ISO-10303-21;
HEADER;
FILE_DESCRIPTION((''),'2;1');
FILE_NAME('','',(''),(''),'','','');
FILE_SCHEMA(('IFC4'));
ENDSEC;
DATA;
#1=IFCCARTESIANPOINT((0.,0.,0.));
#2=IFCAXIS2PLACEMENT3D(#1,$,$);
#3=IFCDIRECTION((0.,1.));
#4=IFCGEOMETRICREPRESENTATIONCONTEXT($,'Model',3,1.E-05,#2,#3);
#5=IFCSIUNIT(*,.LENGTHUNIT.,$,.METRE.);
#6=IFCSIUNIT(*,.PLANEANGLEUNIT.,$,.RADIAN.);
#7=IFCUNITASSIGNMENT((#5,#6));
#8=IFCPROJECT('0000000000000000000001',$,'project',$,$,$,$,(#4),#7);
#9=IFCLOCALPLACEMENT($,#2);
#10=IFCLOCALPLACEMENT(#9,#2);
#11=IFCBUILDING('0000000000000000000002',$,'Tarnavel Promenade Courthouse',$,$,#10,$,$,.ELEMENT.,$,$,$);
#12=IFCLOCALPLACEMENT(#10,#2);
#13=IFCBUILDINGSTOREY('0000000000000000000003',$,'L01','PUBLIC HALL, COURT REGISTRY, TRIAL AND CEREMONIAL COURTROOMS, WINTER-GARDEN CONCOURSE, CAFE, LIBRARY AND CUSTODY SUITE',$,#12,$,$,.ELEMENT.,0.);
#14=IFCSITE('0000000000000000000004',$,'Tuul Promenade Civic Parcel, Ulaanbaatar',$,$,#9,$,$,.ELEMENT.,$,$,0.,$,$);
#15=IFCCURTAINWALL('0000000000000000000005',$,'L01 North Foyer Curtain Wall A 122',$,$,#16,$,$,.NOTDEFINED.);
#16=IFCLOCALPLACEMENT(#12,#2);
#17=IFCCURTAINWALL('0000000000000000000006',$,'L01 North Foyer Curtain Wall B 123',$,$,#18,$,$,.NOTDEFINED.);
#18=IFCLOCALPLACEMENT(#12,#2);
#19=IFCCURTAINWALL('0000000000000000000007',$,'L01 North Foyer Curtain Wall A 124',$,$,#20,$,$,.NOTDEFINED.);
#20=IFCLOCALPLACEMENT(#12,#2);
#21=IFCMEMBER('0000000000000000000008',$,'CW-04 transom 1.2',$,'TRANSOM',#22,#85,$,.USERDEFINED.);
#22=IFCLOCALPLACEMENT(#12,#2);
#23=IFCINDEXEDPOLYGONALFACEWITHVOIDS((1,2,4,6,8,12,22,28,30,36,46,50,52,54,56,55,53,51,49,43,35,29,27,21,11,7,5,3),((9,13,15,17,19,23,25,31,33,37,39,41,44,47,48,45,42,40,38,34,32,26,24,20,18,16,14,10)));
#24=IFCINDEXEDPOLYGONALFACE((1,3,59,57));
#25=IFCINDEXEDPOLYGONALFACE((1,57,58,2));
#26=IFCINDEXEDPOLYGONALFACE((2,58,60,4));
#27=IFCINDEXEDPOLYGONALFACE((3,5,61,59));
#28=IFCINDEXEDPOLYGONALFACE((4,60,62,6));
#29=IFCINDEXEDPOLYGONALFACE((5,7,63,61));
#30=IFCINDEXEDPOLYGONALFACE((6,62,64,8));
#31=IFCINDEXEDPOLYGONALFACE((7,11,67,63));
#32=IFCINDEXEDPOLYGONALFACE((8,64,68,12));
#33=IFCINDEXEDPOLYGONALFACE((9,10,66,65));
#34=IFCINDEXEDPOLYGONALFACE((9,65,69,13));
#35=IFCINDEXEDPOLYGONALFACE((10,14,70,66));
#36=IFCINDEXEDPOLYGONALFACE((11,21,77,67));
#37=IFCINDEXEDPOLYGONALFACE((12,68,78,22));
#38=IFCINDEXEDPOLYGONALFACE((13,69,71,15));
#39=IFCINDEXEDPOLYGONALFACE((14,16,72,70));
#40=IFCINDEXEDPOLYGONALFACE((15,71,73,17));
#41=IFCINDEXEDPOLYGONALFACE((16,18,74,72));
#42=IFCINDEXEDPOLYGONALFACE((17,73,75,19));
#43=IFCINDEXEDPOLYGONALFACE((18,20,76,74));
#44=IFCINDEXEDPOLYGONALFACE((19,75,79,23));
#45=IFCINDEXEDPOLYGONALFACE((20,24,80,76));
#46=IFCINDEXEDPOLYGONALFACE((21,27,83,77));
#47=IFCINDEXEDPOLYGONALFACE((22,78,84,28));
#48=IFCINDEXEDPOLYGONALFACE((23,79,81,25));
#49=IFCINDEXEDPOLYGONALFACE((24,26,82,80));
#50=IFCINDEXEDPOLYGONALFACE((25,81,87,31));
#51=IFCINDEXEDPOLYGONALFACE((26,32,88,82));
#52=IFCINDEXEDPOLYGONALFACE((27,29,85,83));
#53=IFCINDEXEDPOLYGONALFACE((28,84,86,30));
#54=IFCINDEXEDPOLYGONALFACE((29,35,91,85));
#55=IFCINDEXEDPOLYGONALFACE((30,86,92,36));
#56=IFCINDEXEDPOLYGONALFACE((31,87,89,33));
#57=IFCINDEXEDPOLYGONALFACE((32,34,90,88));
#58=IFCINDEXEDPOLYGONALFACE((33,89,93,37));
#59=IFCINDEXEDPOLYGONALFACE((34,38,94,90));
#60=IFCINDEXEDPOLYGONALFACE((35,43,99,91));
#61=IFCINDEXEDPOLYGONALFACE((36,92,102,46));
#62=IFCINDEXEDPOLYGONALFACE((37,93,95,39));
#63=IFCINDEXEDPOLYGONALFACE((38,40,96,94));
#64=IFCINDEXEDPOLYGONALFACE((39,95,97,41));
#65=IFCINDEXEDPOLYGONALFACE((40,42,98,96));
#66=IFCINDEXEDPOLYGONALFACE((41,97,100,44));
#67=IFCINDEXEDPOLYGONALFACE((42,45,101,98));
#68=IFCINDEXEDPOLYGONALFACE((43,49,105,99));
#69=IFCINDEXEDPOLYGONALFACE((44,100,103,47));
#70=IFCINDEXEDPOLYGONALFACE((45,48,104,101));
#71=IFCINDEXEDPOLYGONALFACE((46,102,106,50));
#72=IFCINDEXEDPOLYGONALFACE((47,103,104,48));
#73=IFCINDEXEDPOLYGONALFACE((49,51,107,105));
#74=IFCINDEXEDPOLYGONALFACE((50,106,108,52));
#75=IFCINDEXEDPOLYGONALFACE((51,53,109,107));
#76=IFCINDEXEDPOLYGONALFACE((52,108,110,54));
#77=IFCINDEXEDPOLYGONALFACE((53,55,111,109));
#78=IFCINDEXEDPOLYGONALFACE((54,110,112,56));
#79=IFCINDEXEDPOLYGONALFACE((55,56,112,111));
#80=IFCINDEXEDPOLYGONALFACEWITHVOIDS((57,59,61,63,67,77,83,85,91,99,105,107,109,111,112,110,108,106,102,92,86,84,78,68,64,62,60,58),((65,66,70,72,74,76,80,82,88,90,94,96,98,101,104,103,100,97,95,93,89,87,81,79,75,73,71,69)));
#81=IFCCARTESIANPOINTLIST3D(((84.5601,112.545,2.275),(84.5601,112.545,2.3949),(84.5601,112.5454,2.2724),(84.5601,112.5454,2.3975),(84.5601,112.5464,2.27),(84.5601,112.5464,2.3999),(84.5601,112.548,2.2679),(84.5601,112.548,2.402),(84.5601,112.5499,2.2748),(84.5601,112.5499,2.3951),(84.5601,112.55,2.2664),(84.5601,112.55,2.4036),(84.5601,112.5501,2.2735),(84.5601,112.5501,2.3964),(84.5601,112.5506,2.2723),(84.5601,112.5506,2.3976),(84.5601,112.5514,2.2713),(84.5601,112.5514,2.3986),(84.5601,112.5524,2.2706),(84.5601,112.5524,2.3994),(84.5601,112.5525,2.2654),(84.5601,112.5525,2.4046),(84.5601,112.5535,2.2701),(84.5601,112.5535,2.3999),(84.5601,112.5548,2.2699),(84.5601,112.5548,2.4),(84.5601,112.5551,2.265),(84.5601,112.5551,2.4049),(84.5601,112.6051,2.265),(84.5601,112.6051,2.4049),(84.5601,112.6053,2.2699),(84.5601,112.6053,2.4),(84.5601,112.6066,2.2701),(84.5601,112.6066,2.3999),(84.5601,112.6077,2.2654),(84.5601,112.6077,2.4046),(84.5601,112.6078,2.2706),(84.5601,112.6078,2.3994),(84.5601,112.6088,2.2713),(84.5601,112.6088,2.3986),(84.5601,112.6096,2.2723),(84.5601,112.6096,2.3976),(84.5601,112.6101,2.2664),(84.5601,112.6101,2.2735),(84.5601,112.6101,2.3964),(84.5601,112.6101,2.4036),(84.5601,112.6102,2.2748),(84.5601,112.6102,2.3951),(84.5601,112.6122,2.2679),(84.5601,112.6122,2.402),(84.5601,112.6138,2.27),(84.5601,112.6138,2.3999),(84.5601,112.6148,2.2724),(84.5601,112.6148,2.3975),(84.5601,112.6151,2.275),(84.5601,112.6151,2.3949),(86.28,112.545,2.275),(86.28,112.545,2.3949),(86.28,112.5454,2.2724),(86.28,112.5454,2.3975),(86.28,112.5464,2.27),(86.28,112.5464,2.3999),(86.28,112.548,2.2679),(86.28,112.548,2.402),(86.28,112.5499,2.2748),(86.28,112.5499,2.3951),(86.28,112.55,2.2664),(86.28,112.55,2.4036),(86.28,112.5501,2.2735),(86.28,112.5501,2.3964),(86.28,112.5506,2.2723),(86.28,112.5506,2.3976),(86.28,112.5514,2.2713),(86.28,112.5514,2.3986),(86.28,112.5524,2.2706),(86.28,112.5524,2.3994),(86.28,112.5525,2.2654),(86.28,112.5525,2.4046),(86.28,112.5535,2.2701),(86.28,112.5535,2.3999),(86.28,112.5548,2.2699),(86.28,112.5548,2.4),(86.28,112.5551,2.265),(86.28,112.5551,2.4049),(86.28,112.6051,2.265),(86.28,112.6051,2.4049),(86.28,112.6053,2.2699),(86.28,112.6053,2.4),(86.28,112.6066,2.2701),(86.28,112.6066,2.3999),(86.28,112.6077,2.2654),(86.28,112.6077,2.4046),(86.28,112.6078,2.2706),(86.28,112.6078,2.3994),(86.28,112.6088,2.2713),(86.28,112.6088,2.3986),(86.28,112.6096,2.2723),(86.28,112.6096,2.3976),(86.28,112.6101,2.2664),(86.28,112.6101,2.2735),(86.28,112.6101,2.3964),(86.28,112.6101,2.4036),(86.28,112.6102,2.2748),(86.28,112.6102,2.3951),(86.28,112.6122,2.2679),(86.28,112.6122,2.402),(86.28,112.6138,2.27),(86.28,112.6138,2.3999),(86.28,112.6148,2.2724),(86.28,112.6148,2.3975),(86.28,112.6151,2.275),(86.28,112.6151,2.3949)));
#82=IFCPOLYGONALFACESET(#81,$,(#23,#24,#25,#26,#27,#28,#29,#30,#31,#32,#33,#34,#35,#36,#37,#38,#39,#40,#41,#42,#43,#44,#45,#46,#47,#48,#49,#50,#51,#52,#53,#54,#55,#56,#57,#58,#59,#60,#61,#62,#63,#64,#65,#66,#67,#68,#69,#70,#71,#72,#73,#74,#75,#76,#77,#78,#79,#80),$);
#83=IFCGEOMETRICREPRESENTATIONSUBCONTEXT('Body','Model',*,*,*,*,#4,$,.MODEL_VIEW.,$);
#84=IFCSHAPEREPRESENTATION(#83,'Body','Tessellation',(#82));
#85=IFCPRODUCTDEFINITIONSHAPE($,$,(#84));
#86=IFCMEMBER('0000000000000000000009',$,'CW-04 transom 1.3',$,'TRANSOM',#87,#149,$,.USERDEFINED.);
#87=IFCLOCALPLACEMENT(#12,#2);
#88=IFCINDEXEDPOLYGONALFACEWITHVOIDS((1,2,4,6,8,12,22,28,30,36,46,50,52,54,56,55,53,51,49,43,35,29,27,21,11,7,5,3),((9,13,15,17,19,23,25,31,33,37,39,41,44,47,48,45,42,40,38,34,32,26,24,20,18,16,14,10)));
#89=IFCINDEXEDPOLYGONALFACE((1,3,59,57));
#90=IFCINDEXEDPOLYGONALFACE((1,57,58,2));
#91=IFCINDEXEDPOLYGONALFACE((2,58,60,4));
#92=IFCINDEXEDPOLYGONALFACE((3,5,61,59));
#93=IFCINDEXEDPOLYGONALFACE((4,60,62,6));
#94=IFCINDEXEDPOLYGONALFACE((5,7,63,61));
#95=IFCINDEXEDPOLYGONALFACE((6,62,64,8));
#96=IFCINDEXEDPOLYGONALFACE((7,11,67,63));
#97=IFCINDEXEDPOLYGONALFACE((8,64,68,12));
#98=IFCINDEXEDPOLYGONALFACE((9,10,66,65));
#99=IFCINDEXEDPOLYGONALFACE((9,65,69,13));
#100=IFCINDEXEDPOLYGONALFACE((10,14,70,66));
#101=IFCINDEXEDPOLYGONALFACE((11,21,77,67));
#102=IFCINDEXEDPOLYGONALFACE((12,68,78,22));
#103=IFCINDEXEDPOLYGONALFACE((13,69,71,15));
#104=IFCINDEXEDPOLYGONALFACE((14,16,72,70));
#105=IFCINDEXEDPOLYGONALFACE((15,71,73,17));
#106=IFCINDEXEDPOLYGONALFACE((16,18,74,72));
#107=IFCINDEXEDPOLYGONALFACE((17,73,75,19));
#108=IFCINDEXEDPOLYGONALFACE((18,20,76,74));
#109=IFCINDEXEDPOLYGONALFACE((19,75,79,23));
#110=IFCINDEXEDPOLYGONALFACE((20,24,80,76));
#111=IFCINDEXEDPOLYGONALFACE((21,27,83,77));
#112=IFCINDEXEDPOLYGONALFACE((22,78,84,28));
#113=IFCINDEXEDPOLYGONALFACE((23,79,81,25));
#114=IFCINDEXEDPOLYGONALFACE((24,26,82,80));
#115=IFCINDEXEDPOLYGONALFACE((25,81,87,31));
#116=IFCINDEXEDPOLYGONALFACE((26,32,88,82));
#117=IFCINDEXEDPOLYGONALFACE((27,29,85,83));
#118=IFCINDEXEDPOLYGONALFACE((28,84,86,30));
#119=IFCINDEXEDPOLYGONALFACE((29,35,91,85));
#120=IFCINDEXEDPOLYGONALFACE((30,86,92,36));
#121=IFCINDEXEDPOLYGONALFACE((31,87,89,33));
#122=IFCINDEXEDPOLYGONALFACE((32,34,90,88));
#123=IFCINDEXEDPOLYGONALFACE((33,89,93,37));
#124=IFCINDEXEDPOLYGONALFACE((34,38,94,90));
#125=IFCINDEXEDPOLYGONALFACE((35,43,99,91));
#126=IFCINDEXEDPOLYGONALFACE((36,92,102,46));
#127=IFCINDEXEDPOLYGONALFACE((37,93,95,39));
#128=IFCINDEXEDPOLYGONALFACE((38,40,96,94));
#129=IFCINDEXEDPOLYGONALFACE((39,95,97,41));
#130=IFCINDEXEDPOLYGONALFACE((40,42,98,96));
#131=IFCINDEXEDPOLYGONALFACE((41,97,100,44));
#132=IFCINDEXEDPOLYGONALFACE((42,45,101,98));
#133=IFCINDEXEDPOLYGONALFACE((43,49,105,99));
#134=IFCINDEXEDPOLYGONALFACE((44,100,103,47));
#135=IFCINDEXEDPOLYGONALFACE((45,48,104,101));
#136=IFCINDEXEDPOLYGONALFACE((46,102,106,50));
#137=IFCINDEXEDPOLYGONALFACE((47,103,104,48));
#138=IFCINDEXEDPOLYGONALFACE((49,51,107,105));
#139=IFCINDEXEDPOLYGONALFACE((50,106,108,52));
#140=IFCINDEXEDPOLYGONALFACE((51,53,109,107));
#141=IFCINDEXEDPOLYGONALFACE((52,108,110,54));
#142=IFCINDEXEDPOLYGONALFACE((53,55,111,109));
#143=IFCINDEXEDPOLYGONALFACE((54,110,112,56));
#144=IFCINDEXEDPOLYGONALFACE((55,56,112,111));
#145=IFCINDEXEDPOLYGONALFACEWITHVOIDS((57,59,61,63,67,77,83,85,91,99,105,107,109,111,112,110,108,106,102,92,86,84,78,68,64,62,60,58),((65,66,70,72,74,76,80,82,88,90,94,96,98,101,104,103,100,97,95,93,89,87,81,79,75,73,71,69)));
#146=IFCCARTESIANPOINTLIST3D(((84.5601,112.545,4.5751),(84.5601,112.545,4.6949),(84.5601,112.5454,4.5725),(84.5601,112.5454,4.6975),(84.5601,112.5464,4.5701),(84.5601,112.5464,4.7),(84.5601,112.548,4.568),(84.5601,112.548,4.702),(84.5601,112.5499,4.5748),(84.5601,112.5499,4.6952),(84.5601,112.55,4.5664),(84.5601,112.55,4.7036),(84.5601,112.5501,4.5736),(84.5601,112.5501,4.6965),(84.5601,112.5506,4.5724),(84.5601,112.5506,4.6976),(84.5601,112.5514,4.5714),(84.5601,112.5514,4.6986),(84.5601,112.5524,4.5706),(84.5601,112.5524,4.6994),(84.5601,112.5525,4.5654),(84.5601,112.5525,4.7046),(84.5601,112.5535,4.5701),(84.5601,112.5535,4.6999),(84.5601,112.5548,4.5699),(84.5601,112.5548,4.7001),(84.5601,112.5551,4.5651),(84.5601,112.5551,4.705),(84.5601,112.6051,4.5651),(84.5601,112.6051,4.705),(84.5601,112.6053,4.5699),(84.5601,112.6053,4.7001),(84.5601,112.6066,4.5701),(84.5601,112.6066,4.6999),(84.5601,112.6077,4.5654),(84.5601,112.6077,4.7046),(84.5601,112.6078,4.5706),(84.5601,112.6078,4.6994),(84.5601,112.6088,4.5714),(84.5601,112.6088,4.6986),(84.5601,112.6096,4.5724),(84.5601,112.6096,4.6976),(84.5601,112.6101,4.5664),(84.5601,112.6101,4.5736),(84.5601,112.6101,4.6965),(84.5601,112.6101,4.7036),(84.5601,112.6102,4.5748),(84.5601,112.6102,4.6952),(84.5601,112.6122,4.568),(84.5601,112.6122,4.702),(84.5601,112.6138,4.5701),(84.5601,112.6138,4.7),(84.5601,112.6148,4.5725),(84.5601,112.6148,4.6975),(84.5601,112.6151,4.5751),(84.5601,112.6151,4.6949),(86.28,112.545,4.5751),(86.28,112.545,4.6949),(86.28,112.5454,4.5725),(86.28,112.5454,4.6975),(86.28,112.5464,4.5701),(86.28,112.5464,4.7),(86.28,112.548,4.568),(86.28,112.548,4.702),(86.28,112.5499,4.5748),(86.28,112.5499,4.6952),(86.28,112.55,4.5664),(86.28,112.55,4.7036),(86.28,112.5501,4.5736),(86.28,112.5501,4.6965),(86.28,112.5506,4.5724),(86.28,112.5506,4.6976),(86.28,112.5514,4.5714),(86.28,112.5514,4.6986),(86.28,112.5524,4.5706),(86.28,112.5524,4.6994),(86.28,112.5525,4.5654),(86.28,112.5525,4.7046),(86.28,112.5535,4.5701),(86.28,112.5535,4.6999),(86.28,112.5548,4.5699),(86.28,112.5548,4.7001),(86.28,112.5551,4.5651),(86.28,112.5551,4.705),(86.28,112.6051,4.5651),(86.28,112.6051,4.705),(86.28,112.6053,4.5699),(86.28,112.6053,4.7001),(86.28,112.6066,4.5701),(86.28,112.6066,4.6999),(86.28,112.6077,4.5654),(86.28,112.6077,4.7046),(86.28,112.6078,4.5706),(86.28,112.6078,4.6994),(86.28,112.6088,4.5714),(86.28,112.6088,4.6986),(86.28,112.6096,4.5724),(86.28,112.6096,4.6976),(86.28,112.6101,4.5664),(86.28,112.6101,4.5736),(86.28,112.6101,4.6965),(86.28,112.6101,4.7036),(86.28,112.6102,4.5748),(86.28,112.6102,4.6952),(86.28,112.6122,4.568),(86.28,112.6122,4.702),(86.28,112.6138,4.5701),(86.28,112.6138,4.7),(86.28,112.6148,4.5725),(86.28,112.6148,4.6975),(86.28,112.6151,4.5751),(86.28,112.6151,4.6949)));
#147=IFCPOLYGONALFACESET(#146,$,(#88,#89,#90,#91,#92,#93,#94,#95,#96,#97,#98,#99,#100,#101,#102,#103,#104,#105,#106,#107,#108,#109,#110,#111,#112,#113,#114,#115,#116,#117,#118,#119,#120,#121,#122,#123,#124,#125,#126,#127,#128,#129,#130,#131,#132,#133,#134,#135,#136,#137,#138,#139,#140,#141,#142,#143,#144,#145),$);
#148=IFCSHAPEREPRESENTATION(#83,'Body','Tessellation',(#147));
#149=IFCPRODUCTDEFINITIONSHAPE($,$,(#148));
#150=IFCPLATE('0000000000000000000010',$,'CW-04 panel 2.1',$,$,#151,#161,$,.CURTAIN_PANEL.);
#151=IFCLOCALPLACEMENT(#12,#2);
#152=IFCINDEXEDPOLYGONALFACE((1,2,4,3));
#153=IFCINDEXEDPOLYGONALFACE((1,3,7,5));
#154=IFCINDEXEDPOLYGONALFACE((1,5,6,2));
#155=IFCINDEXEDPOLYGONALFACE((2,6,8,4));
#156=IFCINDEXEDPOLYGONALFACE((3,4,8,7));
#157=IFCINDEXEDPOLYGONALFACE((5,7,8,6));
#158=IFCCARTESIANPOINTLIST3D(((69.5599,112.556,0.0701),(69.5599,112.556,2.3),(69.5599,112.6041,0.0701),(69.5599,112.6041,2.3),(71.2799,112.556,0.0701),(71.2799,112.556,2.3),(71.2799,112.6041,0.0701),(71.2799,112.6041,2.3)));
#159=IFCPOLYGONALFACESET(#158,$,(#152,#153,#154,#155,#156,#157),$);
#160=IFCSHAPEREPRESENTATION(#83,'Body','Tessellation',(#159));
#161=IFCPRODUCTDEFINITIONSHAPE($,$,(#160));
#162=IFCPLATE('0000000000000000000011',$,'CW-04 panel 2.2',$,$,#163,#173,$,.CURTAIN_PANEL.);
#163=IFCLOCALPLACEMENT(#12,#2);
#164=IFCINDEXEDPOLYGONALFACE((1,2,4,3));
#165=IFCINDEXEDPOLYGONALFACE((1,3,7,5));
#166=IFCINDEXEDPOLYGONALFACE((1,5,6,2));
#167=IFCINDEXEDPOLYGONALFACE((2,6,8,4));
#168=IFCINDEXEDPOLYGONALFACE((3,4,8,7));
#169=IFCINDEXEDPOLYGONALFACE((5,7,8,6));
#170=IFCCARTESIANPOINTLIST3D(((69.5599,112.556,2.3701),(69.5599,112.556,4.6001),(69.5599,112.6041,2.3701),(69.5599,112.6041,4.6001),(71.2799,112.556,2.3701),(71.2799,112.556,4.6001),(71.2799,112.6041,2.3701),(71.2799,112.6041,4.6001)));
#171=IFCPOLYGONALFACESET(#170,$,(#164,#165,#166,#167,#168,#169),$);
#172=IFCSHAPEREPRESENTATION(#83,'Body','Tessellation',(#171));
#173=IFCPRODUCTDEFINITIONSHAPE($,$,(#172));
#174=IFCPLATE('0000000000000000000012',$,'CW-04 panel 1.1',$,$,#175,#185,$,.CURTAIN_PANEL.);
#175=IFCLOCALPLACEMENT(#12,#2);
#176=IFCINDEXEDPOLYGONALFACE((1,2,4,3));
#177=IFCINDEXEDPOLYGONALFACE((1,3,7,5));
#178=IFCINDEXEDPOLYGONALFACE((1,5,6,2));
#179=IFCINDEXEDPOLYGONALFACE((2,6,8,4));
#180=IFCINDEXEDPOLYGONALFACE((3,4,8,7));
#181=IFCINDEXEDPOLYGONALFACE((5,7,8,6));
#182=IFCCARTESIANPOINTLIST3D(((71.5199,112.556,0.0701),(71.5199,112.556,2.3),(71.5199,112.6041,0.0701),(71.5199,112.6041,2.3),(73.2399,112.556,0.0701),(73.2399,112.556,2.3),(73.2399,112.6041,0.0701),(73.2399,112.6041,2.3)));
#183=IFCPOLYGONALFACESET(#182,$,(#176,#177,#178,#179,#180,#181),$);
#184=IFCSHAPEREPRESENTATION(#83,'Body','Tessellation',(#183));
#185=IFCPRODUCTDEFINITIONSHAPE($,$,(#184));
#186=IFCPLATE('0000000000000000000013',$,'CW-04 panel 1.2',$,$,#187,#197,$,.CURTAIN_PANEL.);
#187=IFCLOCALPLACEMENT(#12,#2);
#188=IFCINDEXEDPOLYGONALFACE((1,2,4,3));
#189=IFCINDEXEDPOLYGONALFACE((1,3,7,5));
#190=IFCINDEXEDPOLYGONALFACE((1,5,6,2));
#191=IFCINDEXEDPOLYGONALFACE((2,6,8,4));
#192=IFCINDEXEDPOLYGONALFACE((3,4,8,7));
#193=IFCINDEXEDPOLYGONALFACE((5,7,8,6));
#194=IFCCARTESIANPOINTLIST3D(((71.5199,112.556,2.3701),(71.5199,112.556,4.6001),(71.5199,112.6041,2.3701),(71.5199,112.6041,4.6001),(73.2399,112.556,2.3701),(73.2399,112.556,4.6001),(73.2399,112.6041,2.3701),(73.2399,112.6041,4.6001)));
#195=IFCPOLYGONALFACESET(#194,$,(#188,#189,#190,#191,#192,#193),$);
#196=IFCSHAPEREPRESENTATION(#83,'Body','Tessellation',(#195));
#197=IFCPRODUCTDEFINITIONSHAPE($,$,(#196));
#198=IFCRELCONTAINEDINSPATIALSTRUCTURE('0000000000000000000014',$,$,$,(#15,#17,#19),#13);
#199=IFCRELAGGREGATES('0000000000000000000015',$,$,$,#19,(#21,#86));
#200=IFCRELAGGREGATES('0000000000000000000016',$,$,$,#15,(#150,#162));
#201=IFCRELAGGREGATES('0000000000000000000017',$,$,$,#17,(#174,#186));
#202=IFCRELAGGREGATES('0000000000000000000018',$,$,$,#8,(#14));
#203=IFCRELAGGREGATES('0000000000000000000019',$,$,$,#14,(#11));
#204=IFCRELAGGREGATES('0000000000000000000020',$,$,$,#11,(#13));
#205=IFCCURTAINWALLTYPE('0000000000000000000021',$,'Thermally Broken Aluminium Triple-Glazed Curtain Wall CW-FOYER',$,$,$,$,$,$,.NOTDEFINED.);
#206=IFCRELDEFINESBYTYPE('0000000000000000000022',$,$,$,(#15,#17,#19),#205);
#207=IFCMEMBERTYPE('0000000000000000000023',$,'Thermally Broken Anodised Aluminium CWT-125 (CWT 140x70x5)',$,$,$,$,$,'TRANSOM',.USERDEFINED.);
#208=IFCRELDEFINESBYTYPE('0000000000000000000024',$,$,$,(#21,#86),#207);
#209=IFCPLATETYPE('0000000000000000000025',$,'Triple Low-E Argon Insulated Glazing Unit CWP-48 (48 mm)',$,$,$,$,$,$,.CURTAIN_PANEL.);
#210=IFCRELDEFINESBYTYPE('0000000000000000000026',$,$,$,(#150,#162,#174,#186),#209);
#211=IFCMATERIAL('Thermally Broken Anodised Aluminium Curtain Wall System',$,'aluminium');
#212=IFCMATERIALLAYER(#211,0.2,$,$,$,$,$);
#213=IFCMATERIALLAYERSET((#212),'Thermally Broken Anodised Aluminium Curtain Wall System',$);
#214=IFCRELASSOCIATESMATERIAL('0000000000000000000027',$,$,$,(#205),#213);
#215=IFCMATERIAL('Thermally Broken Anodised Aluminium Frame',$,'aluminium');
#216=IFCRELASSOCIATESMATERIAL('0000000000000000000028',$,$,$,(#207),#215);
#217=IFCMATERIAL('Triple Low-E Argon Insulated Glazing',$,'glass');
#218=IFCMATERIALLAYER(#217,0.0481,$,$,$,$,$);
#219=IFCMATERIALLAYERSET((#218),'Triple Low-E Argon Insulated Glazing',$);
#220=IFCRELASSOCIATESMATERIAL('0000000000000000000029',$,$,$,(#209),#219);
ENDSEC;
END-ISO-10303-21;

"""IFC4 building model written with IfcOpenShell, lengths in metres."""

from ifc_helpers import new_model, si_unit, direction, frame, origin, origin_2d, place, context, subcontext, project, spatial, rectangle, hollow_rectangle, extrude, material, layer, layer_set, material_profile, profile_set, type_object, element, aggregate, save


model = new_model("IFC4")

# Units and contexts
model_context = context("Model", 3, precision=1e-05, world=origin(), true_north=direction((0.0, 1.0)))
body_context = subcontext(model_context, "Body", "Model", "MODEL_VIEW")
ifc_project = project(units=[si_unit("LENGTHUNIT", "METRE"), si_unit("PLANEANGLEUNIT", "RADIAN")], contexts=[model_context])

# Site, building, storey
site_placement = place(None, origin())
site = spatial("IfcSite", under=ifc_project, at=site_placement, Name="Tuul Promenade Civic Parcel, Ulaanbaatar", CompositionType="ELEMENT", RefElevation=0.0)
building_placement = place(site_placement, origin())
building = spatial("IfcBuilding", under=site, at=building_placement, Name="Tarnavel Promenade Courthouse", CompositionType="ELEMENT")
storey_placement = place(building_placement, origin())
storey = spatial("IfcBuildingStorey", under=building, at=storey_placement, Name="L01", Description="PUBLIC HALL, COURT REGISTRY, TRIAL AND CEREMONIAL COURTROOMS, WINTER-GARDEN CONCOURSE, CAFE, LIBRARY AND CUSTODY SUITE", CompositionType="ELEMENT", Elevation=0.0)

# Curtain wall
ifc_material_1 = material(Name="Thermally Broken Anodised Aluminium Curtain Wall System", Category="aluminium")
ifc_layer_1 = layer(ifc_material_1, 0.2)
ifc_layer_set_1 = layer_set([ifc_layer_1], Name="Thermally Broken Anodised Aluminium Curtain Wall System")
curtain_wall_type = type_object("IfcCurtainWallType", Name="Thermally Broken Aluminium Triple-Glazed Curtain Wall CW-FOYER", PredefinedType="NOTDEFINED", material=ifc_layer_set_1)
curtain_wall_1_placement = place(storey_placement, origin())
curtain_wall_1 = element("IfcCurtainWall", 1, at=curtain_wall_1_placement, inside=storey, type_object=curtain_wall_type, Name="L01 North Foyer Curtain Wall A 122", PredefinedType="NOTDEFINED")
ifc_material_2 = material(Name="Thermally Broken Anodised Aluminium Frame", Category="aluminium")

# Curtain wall
curtain_wall_2_placement = place(storey_placement, origin())
curtain_wall_2 = element("IfcCurtainWall", 2, at=curtain_wall_2_placement, inside=storey, type_object=curtain_wall_type, Name="L01 North Foyer Curtain Wall B 123", PredefinedType="NOTDEFINED")

# Curtain wall
curtain_wall_3_placement = place(storey_placement, origin())
curtain_wall_3 = element("IfcCurtainWall", 3, at=curtain_wall_3_placement, inside=storey, type_object=curtain_wall_type, Name="L01 North Foyer Curtain Wall A 124", PredefinedType="NOTDEFINED")

# Members
ifc_material_profile_1 = material_profile(ifc_material_2, hollow_rectangle(XDim=0.0701, YDim=0.1399, WallThickness=0.0049, InnerFilletRadius=0.0049, OuterFilletRadius=0.01, at=origin_2d()), Name="CWT 140x70x5")
ifc_profile_set_1 = profile_set([ifc_material_profile_1], Name="Thermally Broken Anodised Aluminium Frame")
member_type_1 = type_object("IfcMemberType", Name="Thermally Broken Anodised Aluminium CWT-125 (CWT 140x70x5)", ElementType="TRANSOM", PredefinedType="USERDEFINED", material=ifc_profile_set_1)
member_1_placement = place(storey_placement, frame((84.5601, 112.5801, 2.335), z_axis=(1.0, 0.0, 0.0), x_axis=(0.0, 1.0, 0.0)))
member_1 = element("IfcMember", 4, at=member_1_placement, type_object=member_type_1, Name="CW-04 transom 1.2", ObjectType="TRANSOM", PredefinedType="USERDEFINED", context=body_context, shape_type="SweptSolid", body=[
    extrude(hollow_rectangle(XDim=0.0701, YDim=0.1399, WallThickness=0.0049, InnerFilletRadius=0.0049, OuterFilletRadius=0.01, at=origin_2d()), origin(), (0.0, 0.0, 1.0), 1.72),
])
member_2_placement = place(storey_placement, frame((84.5601, 112.5801, 4.635), z_axis=(1.0, 0.0, 0.0), x_axis=(0.0, 1.0, 0.0)))
member_2 = element("IfcMember", 5, at=member_2_placement, type_object=member_type_1, Name="CW-04 transom 1.3", ObjectType="TRANSOM", PredefinedType="USERDEFINED", context=body_context, shape_type="SweptSolid", body=[
    extrude(hollow_rectangle(XDim=0.0701, YDim=0.1399, WallThickness=0.0049, InnerFilletRadius=0.0049, OuterFilletRadius=0.01, at=origin_2d()), origin(), (0.0, 0.0, 1.0), 1.72),
])
aggregate(curtain_wall_3, [member_1, member_2])

# Plates
ifc_material_3 = material(Name="Triple Low-E Argon Insulated Glazing", Category="glass")
ifc_layer_2 = layer(ifc_material_3, 0.0481)
ifc_layer_set_2 = layer_set([ifc_layer_2], Name="Triple Low-E Argon Insulated Glazing")
plate_type = type_object("IfcPlateType", Name="Triple Low-E Argon Insulated Glazing Unit CWP-48 (48 mm)", PredefinedType="CURTAIN_PANEL", material=ifc_layer_set_2)
plate_1_placement = place(storey_placement, frame((70.4199, 112.5801, 0.0701), z_axis=(0.0, 0.0, 1.0), x_axis=(1.0, 0.0, 0.0)))
plate_1 = element("IfcPlate", 6, at=plate_1_placement, type_object=plate_type, Name="CW-04 panel 2.1", PredefinedType="CURTAIN_PANEL", context=body_context, shape_type="SweptSolid", body=[
    extrude(rectangle(XDim=1.72, YDim=0.0481, at=origin_2d()), origin(), (0.0, 0.0, 1.0), 2.23),
])
plate_2_placement = place(storey_placement, frame((70.4199, 112.5801, 2.3701), z_axis=(0.0, 0.0, 1.0), x_axis=(1.0, 0.0, 0.0)))
plate_2 = element("IfcPlate", 7, at=plate_2_placement, type_object=plate_type, Name="CW-04 panel 2.2", PredefinedType="CURTAIN_PANEL", context=body_context, shape_type="SweptSolid", body=[
    extrude(rectangle(XDim=1.72, YDim=0.0481, at=origin_2d()), origin(), (0.0, 0.0, 1.0), 2.23),
])
aggregate(curtain_wall_1, [plate_1, plate_2])
plate_3_placement = place(storey_placement, frame((72.3799, 112.5801, 0.0701), z_axis=(0.0, 0.0, 1.0), x_axis=(1.0, 0.0, 0.0)))
plate_3 = element("IfcPlate", 8, at=plate_3_placement, type_object=plate_type, Name="CW-04 panel 1.1", PredefinedType="CURTAIN_PANEL", context=body_context, shape_type="SweptSolid", body=[
    extrude(rectangle(XDim=1.72, YDim=0.0481, at=origin_2d()), origin(), (0.0, 0.0, 1.0), 2.23),
])
plate_4_placement = place(storey_placement, frame((72.3799, 112.5801, 2.3701), z_axis=(0.0, 0.0, 1.0), x_axis=(1.0, 0.0, 0.0)))
plate_4 = element("IfcPlate", 9, at=plate_4_placement, type_object=plate_type, Name="CW-04 panel 1.2", PredefinedType="CURTAIN_PANEL", context=body_context, shape_type="SweptSolid", body=[
    extrude(rectangle(XDim=1.72, YDim=0.0481, at=origin_2d()), origin(), (0.0, 0.0, 1.0), 2.23),
])
aggregate(curtain_wall_2, [plate_3, plate_4])

save(model, "model.ifc")
